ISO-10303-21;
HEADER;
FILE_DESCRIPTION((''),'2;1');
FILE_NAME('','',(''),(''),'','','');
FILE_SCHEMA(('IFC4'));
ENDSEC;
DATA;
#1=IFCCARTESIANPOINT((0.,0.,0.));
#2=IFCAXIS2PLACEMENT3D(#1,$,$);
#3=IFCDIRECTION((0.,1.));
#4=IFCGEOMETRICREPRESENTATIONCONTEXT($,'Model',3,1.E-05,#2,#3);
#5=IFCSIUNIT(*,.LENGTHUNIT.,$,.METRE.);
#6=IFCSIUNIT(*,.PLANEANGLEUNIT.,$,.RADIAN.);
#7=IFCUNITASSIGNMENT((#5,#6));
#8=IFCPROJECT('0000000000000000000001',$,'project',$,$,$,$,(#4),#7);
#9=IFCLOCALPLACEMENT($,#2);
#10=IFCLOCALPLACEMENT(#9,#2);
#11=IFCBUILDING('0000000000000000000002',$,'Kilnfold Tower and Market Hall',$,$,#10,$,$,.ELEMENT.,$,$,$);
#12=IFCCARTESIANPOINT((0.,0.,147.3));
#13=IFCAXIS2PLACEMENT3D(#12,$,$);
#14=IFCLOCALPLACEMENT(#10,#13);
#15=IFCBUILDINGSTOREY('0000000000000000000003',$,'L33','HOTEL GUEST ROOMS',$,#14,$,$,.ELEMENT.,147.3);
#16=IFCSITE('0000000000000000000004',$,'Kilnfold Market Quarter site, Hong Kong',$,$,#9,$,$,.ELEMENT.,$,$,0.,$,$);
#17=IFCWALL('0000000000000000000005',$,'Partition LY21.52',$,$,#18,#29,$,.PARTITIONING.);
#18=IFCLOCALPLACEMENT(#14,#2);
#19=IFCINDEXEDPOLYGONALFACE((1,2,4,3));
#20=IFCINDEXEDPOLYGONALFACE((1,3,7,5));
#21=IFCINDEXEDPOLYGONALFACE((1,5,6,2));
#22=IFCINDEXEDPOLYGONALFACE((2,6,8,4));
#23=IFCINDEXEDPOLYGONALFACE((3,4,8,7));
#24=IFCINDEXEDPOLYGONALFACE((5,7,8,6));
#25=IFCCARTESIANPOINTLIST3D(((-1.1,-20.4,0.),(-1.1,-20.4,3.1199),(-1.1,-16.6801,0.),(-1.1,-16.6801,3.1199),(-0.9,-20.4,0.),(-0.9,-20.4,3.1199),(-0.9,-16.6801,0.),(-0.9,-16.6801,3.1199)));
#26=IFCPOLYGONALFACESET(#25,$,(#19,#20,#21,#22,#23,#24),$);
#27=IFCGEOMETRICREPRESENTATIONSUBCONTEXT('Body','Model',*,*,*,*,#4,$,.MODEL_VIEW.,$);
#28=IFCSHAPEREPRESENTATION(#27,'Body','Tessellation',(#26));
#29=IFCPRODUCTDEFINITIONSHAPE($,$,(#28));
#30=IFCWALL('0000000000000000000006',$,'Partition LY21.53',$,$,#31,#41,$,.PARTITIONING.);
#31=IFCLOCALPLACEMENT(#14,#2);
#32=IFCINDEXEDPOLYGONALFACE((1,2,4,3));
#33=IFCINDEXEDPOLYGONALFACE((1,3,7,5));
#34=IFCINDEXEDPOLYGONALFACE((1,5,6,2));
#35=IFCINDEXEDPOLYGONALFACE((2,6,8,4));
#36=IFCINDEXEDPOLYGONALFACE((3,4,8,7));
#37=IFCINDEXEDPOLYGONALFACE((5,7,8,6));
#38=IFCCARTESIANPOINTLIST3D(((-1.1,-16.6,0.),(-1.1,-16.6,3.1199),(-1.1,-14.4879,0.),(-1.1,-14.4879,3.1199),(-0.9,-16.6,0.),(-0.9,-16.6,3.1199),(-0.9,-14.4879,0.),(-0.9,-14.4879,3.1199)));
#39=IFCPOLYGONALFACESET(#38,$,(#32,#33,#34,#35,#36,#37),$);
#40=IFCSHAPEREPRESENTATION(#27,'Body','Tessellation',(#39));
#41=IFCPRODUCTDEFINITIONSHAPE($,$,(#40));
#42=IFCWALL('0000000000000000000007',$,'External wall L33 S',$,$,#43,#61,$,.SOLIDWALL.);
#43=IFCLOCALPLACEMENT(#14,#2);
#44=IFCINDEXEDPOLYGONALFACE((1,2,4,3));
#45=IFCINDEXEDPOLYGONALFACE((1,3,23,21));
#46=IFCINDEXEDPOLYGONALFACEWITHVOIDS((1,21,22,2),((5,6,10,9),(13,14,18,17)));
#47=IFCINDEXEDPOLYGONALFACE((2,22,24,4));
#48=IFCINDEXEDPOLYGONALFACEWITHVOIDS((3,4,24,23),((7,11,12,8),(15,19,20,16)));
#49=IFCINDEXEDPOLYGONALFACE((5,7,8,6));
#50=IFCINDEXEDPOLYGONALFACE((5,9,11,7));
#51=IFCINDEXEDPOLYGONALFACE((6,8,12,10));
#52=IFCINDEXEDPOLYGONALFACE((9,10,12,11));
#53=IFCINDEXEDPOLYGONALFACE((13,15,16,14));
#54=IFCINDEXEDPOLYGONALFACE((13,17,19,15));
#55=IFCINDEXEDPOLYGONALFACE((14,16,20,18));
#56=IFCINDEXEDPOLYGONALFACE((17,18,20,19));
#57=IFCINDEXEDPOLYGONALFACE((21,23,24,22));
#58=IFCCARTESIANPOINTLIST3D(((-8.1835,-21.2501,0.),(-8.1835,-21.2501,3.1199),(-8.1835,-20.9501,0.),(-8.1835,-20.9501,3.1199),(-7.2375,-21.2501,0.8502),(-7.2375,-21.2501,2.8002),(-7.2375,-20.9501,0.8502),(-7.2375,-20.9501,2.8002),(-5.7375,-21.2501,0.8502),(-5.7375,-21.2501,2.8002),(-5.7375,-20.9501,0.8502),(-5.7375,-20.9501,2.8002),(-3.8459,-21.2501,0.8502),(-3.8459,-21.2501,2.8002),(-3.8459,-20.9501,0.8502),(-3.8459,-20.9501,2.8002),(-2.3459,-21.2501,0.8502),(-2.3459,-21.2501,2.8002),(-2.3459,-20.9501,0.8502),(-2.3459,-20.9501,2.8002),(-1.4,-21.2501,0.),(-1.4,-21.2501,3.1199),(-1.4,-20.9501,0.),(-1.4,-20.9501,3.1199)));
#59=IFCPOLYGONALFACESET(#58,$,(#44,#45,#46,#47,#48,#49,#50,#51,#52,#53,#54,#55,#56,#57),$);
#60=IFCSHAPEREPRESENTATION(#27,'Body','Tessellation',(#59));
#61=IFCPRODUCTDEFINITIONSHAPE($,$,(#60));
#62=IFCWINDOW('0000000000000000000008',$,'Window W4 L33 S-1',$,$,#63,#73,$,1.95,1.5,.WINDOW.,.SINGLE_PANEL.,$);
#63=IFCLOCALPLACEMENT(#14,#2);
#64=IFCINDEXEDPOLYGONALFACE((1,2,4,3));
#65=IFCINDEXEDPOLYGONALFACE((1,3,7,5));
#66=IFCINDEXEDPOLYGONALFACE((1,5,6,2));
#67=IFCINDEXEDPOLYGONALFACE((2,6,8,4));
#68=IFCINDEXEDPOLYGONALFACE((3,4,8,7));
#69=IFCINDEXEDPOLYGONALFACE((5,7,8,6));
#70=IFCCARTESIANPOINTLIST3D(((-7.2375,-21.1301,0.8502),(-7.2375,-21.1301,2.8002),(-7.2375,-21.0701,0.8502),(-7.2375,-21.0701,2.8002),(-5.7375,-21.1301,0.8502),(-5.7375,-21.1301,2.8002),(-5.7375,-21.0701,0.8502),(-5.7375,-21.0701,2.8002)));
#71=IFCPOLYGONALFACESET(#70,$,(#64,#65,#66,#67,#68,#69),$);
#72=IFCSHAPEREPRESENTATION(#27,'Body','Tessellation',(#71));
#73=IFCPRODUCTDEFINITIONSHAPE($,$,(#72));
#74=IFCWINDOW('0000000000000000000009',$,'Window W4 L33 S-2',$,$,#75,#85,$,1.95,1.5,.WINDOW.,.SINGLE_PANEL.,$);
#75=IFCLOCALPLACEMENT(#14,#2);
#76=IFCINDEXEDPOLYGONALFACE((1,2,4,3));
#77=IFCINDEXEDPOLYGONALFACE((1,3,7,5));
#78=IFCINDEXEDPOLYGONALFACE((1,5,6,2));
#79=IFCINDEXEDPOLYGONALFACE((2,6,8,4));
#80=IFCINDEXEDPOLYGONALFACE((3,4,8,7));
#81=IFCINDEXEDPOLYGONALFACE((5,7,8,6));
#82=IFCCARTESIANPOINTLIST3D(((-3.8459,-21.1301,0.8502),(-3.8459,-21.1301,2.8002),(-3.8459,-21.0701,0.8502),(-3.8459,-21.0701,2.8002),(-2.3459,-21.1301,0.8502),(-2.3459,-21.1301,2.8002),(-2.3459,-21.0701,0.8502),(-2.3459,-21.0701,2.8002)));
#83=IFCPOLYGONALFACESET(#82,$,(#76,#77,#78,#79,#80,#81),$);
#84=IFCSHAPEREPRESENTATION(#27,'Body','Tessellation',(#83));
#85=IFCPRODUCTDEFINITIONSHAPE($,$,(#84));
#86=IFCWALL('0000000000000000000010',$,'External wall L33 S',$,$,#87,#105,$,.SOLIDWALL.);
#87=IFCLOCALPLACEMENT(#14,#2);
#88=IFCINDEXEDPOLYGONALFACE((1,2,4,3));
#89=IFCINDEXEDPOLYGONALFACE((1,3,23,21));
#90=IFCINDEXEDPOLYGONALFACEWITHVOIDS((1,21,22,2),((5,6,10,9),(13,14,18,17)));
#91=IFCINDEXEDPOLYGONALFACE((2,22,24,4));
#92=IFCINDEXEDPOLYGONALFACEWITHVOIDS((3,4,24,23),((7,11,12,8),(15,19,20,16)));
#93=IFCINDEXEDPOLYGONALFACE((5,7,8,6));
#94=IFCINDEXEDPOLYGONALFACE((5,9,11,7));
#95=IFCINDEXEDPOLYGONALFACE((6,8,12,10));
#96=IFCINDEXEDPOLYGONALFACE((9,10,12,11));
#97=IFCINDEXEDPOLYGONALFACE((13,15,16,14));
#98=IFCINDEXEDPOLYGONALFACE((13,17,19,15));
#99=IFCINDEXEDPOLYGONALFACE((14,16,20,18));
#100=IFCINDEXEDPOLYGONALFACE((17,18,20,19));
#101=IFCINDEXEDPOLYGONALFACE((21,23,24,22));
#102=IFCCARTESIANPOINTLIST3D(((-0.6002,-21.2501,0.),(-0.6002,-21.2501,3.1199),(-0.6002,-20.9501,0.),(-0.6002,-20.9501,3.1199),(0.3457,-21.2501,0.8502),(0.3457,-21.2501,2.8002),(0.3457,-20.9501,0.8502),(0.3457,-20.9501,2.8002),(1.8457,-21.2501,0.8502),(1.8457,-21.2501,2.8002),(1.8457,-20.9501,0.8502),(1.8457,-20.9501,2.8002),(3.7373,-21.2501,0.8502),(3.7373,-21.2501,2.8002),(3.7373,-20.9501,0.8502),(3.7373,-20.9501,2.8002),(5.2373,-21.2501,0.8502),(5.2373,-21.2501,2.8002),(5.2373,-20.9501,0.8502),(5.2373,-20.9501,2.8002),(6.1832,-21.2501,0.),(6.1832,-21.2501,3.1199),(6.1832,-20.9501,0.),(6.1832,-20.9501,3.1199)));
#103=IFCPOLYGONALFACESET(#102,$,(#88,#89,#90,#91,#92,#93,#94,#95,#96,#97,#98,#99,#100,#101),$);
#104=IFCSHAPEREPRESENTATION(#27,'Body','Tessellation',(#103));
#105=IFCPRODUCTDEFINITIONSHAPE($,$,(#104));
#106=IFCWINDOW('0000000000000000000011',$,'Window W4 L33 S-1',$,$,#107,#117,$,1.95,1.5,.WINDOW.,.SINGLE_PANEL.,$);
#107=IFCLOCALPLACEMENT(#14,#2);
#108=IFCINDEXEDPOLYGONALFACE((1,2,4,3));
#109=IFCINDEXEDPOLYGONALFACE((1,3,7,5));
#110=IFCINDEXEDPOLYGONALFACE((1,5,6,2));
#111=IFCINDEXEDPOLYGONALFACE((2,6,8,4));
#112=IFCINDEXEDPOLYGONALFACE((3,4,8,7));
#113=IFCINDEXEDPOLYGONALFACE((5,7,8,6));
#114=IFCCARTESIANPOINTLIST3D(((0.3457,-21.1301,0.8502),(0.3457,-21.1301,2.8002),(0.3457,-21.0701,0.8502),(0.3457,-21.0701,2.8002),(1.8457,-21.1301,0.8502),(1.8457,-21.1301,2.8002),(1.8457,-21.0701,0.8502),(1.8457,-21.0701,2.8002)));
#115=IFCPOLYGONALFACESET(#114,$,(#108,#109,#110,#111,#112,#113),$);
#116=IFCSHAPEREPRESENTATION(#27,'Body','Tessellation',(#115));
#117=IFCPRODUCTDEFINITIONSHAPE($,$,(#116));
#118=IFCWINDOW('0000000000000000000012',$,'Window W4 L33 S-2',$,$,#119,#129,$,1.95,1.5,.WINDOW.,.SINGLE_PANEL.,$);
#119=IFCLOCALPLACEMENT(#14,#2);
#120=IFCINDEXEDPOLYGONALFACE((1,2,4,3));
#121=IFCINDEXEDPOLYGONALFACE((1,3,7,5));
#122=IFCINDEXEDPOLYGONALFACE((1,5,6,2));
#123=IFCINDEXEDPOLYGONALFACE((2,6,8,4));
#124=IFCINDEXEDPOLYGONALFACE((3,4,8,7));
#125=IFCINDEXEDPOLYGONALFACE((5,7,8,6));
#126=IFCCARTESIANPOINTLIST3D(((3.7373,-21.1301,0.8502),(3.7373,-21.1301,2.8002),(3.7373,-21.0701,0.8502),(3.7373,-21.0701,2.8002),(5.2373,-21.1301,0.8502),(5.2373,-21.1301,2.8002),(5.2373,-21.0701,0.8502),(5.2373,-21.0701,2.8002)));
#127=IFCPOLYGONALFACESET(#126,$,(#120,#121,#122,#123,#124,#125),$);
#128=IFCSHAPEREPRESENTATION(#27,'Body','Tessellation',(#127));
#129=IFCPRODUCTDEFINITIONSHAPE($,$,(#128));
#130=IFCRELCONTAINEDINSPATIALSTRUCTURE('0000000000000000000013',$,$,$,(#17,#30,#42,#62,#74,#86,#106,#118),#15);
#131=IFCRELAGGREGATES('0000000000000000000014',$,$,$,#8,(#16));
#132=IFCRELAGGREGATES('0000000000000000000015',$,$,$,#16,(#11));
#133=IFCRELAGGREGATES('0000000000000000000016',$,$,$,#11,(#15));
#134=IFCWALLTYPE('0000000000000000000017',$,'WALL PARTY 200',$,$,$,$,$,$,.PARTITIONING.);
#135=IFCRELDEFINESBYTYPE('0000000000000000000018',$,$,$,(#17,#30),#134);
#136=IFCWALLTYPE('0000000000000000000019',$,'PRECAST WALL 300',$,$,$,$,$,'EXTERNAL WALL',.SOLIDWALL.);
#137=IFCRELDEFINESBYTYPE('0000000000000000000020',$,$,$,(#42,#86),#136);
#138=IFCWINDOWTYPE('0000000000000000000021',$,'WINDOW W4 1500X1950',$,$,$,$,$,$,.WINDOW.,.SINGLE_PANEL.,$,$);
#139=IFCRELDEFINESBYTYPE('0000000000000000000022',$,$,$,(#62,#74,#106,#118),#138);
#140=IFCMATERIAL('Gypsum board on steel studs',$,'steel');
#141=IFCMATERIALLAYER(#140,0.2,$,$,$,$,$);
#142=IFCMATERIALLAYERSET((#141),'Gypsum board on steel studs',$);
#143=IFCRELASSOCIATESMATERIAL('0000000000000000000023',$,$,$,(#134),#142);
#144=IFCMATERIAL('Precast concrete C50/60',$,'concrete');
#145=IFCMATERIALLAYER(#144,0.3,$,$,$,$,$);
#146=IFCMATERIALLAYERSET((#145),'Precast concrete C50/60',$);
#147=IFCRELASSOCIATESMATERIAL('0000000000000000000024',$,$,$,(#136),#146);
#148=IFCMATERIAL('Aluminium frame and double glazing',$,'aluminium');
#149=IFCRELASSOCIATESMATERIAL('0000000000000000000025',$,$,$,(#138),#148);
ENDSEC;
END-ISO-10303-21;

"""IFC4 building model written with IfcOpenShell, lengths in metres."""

from ifc_helpers import new_model, si_unit, direction, frame, frame_2d, origin, place, context, subcontext, project, spatial, rectangle, extrude, source, transform, mapped, material, layer, layer_set, type_object, element, fill, save


model = new_model("IFC4")

# Units and contexts
model_context = context("Model", 3, precision=1e-05, world=origin(), true_north=direction((0.0, 1.0)))
body_context = subcontext(model_context, "Body", "Model", "MODEL_VIEW")
ifc_project = project(units=[si_unit("LENGTHUNIT", "METRE"), si_unit("PLANEANGLEUNIT", "RADIAN")], contexts=[model_context])

# Site, building, storey
site_placement = place(None, origin())
site = spatial("IfcSite", under=ifc_project, at=site_placement, Name="Kilnfold Market Quarter site, Hong Kong", CompositionType="ELEMENT", RefElevation=0.0)
building_placement = place(site_placement, origin())
building = spatial("IfcBuilding", under=site, at=building_placement, Name="Kilnfold Tower and Market Hall", CompositionType="ELEMENT")
storey_placement = place(building_placement, frame((0.0, 0.0, 147.3)))
storey = spatial("IfcBuildingStorey", under=building, at=storey_placement, Name="L33", Description="HOTEL GUEST ROOMS", CompositionType="ELEMENT", Elevation=147.3)

# Walls
ifc_material_1 = material(Name="Gypsum board on steel studs", Category="steel")
ifc_layer_1 = layer(ifc_material_1, 0.2)
ifc_layer_set_1 = layer_set([ifc_layer_1], Name="Gypsum board on steel studs")
wall_type_1 = type_object("IfcWallType", Name="WALL PARTY 200", PredefinedType="PARTITIONING", material=ifc_layer_set_1)
wall_1_placement = place(storey_placement, frame((-1.0, -20.3999, 0.0), z_axis=(0.0, 0.0, 1.0), x_axis=(0.0, 1.0, 0.0)))
element("IfcWall", 1, at=wall_1_placement, inside=storey, type_object=wall_type_1, Name="Partition LY21.52", PredefinedType="PARTITIONING", context=body_context, shape_type="SweptSolid", body=[
    extrude(rectangle(XDim=3.72, YDim=0.2, at=frame_2d((1.8599, 0.0))), origin(), (0.0, 0.0, 1.0), 3.1199),
])
wall_2_placement = place(storey_placement, frame((-1.0, -16.6001, 0.0), z_axis=(0.0, 0.0, 1.0), x_axis=(0.0, 1.0, 0.0)))
element("IfcWall", 2, at=wall_2_placement, inside=storey, type_object=wall_type_1, Name="Partition LY21.53", PredefinedType="PARTITIONING", context=body_context, shape_type="SweptSolid", body=[
    extrude(rectangle(XDim=2.1121, YDim=0.2, at=frame_2d((1.0562, 0.0))), origin(), (0.0, 0.0, 1.0), 3.1199),
])

# Walls, openings, windows
ifc_material_2 = material(Name="Precast concrete C50/60", Category="concrete")
ifc_layer_2 = layer(ifc_material_2, 0.3)
ifc_layer_set_2 = layer_set([ifc_layer_2], Name="Precast concrete C50/60")
wall_type_2 = type_object("IfcWallType", Name="PRECAST WALL 300", ElementType="EXTERNAL WALL", PredefinedType="SOLIDWALL", material=ifc_layer_set_2)
shared_shape_1 = source(origin(), body_context, "Body", "SweptSolid", [
    extrude(rectangle(XDim=6.7834, YDim=0.3, at=frame_2d((3.3916, 0.0))), origin(), (0.0, 0.0, 1.0), 3.1199),
])
wall_3_placement = place(storey_placement, frame((-8.1833, -21.1001, 0.0), z_axis=(0.0, 0.0, 1.0), x_axis=(1.0, 0.0, 0.0)))
wall_3 = element("IfcWall", 3, at=wall_3_placement, inside=storey, type_object=wall_type_2, Name="External wall L33 S", PredefinedType="SOLIDWALL", context=body_context, shape_type="MappedRepresentation", body=[
    mapped(shared_shape_1, transform((0.0, 0.0, 0.0))),
])
opening_1_placement = place(wall_3_placement, frame((0.9458, 0.0, 0.8501)))
opening_1 = element("IfcOpeningElement", 4, at=opening_1_placement, cuts=wall_3, PredefinedType="OPENING", context=body_context, shape_type="SweptSolid", body=[
    extrude(rectangle(XDim=1.5, YDim=1.95, at=frame_2d((0.75, 0.9751))), frame((0.0, 0.1602, 0.0), z_axis=(0.0, -1.0, 0.0), x_axis=(1.0, 0.0, 0.0)), (0.0, 0.0, 1.0), 0.3201),
])
opening_2_placement = place(wall_3_placement, frame((4.3374, 0.0, 0.8501)))
opening_2 = element("IfcOpeningElement", 5, at=opening_2_placement, cuts=wall_3, PredefinedType="OPENING", context=body_context, shape_type="SweptSolid", body=[
    extrude(rectangle(XDim=1.5, YDim=1.95, at=frame_2d((0.75, 0.9751))), frame((0.0, 0.1602, 0.0), z_axis=(0.0, -1.0, 0.0), x_axis=(1.0, 0.0, 0.0)), (0.0, 0.0, 1.0), 0.3201),
])
ifc_material_3 = material(Name="Aluminium frame and double glazing", Category="aluminium")
window_type = type_object("IfcWindowType", Name="WINDOW W4 1500X1950", PartitioningType="SINGLE_PANEL", PredefinedType="WINDOW", material=ifc_material_3)
window_1_placement = place(opening_1_placement, origin())
window_1 = element("IfcWindow", 6, at=window_1_placement, inside=storey, type_object=window_type, Name="Window W4 L33 S-1", OverallHeight=1.95, OverallWidth=1.5, PartitioningType="SINGLE_PANEL", PredefinedType="WINDOW", context=body_context, shape_type="SweptSolid", body=[
    extrude(rectangle(XDim=1.5, YDim=1.95, at=frame_2d((0.75, 0.9751))), frame((0.0, 0.03, 0.0), z_axis=(0.0, -1.0, 0.0), x_axis=(1.0, 0.0, 0.0)), (0.0, 0.0, 1.0), 0.0601),
])
fill(opening_1, window_1)
window_2_placement = place(opening_2_placement, origin())
window_2 = element("IfcWindow", 7, at=window_2_placement, inside=storey, type_object=window_type, Name="Window W4 L33 S-2", OverallHeight=1.95, OverallWidth=1.5, PartitioningType="SINGLE_PANEL", PredefinedType="WINDOW", context=body_context, shape_type="SweptSolid", body=[
    extrude(rectangle(XDim=1.5, YDim=1.95, at=frame_2d((0.75, 0.9751))), frame((0.0, 0.03, 0.0), z_axis=(0.0, -1.0, 0.0), x_axis=(1.0, 0.0, 0.0)), (0.0, 0.0, 1.0), 0.0601),
])
fill(opening_2, window_2)
wall_4_placement = place(storey_placement, frame((-0.6001, -21.1001, 0.0), z_axis=(0.0, 0.0, 1.0), x_axis=(1.0, 0.0, 0.0)))
wall_4 = element("IfcWall", 8, at=wall_4_placement, inside=storey, type_object=wall_type_2, Name="External wall L33 S", PredefinedType="SOLIDWALL", context=body_context, shape_type="MappedRepresentation", body=[
    mapped(shared_shape_1, transform((0.0, 0.0, 0.0))),
])
opening_3_placement = place(wall_4_placement, frame((0.9458, 0.0, 0.8501)))
opening_3 = element("IfcOpeningElement", 9, at=opening_3_placement, cuts=wall_4, PredefinedType="OPENING", context=body_context, shape_type="SweptSolid", body=[
    extrude(rectangle(XDim=1.5, YDim=1.95, at=frame_2d((0.75, 0.9751))), frame((0.0, 0.1602, 0.0), z_axis=(0.0, -1.0, 0.0), x_axis=(1.0, 0.0, 0.0)), (0.0, 0.0, 1.0), 0.3201),
])
opening_4_placement = place(wall_4_placement, frame((4.3374, 0.0, 0.8501)))
opening_4 = element("IfcOpeningElement", 10, at=opening_4_placement, cuts=wall_4, PredefinedType="OPENING", context=body_context, shape_type="SweptSolid", body=[
    extrude(rectangle(XDim=1.5, YDim=1.95, at=frame_2d((0.75, 0.9751))), frame((0.0, 0.1602, 0.0), z_axis=(0.0, -1.0, 0.0), x_axis=(1.0, 0.0, 0.0)), (0.0, 0.0, 1.0), 0.3201),
])
window_3_placement = place(opening_3_placement, origin())
window_3 = element("IfcWindow", 11, at=window_3_placement, inside=storey, type_object=window_type, Name="Window W4 L33 S-1", OverallHeight=1.95, OverallWidth=1.5, PartitioningType="SINGLE_PANEL", PredefinedType="WINDOW", context=body_context, shape_type="SweptSolid", body=[
    extrude(rectangle(XDim=1.5, YDim=1.95, at=frame_2d((0.75, 0.9751))), frame((0.0, 0.03, 0.0), z_axis=(0.0, -1.0, 0.0), x_axis=(1.0, 0.0, 0.0)), (0.0, 0.0, 1.0), 0.0601),
])
fill(opening_3, window_3)
window_4_placement = place(opening_4_placement, origin())
window_4 = element("IfcWindow", 12, at=window_4_placement, inside=storey, type_object=window_type, Name="Window W4 L33 S-2", OverallHeight=1.95, OverallWidth=1.5, PartitioningType="SINGLE_PANEL", PredefinedType="WINDOW", context=body_context, shape_type="SweptSolid", body=[
    extrude(rectangle(XDim=1.5, YDim=1.95, at=frame_2d((0.75, 0.9751))), frame((0.0, 0.03, 0.0), z_axis=(0.0, -1.0, 0.0), x_axis=(1.0, 0.0, 0.0)), (0.0, 0.0, 1.0), 0.0601),
])
fill(opening_4, window_4)

save(model, "model.ifc")
